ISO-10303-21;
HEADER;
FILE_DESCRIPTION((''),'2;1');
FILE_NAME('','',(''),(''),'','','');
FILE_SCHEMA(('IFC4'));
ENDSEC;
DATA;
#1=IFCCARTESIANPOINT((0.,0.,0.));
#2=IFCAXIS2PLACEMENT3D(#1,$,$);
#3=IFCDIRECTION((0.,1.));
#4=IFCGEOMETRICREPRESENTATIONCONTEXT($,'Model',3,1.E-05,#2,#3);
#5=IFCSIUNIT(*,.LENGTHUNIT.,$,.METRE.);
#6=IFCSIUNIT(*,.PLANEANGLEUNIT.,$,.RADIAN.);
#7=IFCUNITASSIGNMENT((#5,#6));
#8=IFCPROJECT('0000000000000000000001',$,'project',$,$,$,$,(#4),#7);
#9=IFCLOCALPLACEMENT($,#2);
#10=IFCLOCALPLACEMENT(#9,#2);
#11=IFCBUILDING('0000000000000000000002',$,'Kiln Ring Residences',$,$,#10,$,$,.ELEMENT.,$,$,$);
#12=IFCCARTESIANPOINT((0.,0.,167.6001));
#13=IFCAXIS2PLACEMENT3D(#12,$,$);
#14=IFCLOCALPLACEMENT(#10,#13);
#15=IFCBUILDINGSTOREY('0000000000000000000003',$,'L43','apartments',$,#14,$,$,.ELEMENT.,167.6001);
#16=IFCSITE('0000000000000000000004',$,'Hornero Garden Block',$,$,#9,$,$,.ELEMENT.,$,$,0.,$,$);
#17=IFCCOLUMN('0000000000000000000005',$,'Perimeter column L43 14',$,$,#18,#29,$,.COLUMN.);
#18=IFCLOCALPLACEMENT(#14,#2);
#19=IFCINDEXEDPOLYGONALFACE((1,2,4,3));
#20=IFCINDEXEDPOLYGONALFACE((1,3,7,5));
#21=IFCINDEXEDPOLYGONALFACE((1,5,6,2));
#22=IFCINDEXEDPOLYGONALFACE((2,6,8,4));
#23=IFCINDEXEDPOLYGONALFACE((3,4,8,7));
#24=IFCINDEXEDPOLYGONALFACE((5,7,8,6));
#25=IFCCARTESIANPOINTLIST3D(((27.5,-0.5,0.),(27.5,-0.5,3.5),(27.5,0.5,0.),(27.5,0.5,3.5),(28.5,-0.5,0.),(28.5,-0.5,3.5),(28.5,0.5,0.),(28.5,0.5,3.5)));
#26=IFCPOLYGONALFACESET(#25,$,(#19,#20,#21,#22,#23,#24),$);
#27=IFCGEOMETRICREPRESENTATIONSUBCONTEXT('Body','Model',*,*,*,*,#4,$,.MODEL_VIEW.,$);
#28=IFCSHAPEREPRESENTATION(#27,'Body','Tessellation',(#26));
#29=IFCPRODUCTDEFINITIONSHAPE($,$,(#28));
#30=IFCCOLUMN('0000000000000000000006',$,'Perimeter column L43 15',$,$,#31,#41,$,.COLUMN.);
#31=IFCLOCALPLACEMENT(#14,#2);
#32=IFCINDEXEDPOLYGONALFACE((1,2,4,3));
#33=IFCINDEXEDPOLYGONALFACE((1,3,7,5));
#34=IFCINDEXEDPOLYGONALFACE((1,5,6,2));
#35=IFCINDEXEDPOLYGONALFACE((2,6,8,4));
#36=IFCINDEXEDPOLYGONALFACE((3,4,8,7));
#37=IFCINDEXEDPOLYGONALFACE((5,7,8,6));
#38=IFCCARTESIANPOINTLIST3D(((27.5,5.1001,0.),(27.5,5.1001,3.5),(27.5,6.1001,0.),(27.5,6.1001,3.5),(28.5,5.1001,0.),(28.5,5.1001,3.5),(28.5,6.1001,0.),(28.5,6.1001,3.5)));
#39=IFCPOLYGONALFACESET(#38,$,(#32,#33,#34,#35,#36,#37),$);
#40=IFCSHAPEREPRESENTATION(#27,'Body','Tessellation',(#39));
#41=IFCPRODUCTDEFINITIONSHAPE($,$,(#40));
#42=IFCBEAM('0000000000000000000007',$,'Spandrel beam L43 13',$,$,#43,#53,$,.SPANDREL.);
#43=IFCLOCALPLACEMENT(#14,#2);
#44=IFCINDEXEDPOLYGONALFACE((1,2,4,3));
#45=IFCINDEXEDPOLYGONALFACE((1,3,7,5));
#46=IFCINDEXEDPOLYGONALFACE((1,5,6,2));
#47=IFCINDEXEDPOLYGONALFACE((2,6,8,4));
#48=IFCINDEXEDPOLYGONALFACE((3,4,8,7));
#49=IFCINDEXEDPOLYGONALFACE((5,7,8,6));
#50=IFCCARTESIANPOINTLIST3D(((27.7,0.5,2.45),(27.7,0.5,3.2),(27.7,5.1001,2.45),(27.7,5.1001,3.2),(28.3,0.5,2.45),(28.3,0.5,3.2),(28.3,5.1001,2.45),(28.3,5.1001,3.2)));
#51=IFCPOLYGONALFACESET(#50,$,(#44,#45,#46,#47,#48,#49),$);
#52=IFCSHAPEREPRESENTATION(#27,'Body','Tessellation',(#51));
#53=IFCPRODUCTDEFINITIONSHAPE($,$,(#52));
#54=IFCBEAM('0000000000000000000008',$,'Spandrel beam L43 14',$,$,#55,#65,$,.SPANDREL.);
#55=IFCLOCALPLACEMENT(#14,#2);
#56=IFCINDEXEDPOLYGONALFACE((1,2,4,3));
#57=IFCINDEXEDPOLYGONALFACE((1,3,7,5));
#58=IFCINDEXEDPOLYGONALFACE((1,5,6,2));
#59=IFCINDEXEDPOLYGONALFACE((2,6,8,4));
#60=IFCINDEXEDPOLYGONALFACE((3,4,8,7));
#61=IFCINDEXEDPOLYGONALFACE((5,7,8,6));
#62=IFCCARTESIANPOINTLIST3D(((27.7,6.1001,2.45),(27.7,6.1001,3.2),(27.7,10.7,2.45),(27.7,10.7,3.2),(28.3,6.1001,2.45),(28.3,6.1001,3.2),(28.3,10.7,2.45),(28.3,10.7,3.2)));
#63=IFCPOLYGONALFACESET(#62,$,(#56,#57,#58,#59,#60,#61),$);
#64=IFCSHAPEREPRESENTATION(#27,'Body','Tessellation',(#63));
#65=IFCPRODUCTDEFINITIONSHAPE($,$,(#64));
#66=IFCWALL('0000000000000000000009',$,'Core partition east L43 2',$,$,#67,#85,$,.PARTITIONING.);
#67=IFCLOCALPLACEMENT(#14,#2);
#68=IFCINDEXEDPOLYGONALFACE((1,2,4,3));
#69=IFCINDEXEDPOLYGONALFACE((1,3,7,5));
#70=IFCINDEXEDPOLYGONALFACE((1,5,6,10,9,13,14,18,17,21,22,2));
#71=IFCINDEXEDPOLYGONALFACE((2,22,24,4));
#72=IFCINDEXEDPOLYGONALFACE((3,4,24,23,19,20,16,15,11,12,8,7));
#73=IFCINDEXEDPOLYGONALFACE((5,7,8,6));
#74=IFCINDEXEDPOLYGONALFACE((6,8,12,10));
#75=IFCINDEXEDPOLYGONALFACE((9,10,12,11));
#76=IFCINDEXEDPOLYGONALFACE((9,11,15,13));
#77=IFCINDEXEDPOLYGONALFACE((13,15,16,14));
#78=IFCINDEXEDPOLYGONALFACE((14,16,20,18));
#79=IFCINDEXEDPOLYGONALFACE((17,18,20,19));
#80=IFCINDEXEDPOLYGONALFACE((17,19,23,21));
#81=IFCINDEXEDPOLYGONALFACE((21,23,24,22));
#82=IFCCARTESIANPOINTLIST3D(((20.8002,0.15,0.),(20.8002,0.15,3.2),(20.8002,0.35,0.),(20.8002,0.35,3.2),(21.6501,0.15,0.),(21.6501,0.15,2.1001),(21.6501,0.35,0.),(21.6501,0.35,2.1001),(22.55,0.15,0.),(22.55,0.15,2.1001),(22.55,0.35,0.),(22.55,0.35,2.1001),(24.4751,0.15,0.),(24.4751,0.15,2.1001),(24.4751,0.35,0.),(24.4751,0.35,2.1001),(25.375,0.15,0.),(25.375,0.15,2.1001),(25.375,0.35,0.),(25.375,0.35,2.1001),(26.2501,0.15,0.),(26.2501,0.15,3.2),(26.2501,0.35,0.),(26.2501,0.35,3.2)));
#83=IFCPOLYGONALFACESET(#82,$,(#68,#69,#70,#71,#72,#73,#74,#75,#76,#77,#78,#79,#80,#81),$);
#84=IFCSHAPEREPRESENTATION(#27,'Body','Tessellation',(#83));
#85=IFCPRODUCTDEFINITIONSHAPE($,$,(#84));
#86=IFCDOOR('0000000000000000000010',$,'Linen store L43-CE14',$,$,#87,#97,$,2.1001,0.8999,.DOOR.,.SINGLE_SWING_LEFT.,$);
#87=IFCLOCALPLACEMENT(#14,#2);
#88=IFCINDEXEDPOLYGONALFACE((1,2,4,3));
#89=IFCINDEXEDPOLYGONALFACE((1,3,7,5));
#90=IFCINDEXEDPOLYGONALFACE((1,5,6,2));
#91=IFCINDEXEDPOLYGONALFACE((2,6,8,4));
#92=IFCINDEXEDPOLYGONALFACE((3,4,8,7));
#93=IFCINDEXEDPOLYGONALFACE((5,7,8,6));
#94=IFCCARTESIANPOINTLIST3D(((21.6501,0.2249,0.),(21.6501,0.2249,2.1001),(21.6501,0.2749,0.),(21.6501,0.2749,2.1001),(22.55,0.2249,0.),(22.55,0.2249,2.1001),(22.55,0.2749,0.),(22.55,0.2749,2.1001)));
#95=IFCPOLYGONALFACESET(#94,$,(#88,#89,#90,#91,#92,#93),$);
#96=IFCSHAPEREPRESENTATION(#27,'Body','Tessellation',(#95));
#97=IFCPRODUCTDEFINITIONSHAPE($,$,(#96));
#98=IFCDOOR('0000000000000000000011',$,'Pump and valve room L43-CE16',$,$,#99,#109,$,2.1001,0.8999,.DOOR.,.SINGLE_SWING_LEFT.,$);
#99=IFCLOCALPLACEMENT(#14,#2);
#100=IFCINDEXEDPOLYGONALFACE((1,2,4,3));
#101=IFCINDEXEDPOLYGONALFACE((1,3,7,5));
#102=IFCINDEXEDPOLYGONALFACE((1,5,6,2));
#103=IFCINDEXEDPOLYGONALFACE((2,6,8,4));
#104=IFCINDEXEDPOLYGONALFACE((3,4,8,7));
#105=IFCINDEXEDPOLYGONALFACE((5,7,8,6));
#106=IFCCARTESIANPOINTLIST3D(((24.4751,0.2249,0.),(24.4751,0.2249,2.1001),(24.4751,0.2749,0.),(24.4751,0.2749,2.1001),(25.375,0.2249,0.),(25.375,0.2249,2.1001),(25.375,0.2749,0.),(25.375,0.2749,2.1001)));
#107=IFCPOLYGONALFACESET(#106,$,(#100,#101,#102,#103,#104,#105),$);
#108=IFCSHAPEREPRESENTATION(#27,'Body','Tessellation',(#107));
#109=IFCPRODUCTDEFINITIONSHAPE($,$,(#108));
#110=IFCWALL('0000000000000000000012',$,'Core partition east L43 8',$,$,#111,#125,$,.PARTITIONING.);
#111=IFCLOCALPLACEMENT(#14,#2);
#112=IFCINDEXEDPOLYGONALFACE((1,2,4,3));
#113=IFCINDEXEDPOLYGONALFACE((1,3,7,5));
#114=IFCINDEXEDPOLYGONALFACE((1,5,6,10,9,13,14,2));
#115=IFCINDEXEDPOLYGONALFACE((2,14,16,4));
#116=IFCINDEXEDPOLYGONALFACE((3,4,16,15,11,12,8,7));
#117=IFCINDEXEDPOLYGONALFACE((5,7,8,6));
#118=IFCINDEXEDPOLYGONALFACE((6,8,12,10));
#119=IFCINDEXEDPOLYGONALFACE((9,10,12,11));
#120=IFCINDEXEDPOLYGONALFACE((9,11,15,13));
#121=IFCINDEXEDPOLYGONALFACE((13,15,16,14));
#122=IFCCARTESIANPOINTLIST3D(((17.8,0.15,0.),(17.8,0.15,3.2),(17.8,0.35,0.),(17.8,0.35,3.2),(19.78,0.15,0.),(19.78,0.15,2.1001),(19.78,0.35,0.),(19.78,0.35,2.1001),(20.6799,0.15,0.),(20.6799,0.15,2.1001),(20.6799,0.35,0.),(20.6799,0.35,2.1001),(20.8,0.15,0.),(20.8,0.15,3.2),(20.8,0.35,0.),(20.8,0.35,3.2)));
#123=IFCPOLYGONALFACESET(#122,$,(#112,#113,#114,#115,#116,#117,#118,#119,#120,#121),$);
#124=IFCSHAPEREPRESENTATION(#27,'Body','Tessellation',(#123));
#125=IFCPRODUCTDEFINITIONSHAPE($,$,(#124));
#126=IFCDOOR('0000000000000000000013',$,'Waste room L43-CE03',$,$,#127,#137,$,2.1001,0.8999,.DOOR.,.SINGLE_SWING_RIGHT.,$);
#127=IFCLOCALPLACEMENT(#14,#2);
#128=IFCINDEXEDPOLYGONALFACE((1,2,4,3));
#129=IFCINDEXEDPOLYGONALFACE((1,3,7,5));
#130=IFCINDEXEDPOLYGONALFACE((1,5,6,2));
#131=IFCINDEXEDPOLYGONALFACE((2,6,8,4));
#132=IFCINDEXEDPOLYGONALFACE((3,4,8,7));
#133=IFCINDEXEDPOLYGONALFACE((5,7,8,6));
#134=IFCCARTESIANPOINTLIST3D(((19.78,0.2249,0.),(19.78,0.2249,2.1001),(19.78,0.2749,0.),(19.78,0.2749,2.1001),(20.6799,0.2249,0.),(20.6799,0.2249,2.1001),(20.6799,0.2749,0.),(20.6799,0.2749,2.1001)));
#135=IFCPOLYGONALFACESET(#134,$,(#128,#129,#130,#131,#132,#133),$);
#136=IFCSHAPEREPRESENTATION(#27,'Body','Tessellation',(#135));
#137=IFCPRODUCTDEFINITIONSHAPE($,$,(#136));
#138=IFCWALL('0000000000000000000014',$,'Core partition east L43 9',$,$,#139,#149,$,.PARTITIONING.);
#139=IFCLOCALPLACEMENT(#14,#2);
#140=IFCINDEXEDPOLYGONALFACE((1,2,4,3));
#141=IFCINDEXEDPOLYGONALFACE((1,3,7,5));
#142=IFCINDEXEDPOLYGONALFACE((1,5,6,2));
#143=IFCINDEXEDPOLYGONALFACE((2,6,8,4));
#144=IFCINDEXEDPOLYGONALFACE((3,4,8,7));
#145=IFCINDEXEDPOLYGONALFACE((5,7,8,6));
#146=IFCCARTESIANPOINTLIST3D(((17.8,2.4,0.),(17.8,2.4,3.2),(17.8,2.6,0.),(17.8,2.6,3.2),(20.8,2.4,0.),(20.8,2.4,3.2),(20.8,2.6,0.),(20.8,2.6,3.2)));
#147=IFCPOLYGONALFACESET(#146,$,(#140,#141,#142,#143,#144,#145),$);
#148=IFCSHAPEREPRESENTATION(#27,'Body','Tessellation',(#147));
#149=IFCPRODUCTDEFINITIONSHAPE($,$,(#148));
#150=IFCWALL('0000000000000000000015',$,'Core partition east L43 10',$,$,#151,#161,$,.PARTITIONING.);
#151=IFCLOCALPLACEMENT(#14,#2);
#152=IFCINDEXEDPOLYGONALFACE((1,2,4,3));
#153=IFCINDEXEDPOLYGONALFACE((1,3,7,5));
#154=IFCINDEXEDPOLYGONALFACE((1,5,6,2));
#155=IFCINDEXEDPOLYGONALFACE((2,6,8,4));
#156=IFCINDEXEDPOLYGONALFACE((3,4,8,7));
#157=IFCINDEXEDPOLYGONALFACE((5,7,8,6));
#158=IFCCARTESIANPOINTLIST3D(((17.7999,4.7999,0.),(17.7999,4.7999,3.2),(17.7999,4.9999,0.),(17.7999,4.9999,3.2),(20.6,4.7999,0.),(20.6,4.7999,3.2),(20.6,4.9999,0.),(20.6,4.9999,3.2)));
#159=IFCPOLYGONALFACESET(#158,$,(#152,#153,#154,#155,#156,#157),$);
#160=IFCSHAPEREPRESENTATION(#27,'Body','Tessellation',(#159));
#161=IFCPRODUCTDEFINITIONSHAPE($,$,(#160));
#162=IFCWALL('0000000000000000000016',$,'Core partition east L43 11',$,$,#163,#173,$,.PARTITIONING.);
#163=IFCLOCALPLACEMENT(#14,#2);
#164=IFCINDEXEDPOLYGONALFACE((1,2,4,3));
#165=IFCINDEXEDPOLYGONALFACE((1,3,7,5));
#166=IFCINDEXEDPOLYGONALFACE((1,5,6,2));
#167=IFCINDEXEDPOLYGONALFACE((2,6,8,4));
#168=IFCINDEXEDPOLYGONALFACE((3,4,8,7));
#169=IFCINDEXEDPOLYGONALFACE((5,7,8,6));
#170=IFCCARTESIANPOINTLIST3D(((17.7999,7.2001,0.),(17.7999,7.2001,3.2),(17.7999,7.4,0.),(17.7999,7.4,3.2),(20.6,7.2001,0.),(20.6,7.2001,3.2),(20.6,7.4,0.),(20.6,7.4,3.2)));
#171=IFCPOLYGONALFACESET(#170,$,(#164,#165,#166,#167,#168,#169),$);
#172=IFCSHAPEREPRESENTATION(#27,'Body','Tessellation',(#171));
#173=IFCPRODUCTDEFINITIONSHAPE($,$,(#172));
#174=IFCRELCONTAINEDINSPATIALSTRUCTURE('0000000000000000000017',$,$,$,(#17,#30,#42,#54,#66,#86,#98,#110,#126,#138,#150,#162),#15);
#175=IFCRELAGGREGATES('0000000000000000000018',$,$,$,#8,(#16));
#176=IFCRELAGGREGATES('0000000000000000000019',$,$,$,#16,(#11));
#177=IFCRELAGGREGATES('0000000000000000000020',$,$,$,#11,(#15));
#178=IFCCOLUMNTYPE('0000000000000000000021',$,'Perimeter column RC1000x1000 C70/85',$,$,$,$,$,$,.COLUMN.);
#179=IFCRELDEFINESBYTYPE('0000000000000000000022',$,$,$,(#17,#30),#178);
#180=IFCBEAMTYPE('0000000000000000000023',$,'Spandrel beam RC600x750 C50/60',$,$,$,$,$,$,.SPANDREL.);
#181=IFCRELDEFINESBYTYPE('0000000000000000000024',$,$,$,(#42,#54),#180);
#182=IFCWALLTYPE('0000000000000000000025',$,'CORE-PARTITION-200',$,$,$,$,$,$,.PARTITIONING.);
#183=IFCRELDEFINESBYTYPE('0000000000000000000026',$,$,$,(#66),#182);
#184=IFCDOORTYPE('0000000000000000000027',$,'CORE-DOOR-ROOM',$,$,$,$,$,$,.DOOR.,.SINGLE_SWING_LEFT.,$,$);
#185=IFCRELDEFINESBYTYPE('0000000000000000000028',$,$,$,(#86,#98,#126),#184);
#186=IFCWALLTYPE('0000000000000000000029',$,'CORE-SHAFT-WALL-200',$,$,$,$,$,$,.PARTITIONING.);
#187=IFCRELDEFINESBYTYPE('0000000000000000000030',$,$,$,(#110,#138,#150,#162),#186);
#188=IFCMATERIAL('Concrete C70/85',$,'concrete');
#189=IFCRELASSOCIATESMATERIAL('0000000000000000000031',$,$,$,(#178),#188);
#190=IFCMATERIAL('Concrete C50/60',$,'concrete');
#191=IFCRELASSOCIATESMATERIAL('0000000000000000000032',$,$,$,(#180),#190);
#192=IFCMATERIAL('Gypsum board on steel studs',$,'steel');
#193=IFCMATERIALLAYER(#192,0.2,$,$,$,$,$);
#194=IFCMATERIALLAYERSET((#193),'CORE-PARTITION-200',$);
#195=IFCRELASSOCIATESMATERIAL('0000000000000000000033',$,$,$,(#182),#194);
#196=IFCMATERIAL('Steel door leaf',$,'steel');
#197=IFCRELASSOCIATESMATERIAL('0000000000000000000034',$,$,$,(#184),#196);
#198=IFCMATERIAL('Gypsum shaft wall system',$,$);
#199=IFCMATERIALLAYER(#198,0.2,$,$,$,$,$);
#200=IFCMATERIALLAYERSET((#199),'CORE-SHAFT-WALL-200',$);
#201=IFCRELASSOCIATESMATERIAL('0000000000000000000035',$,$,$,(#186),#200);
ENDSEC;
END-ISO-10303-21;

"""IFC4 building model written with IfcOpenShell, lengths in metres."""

from ifc_helpers import new_model, si_unit, direction, frame, frame_2d, origin, origin_2d, place, context, subcontext, project, spatial, rectangle, extrude, material, layer, layer_set, material_profile, profile_set, type_object, element, fill, save


model = new_model("IFC4")

# Units and contexts
model_context = context("Model", 3, precision=1e-05, world=origin(), true_north=direction((0.0, 1.0)))
body_context = subcontext(model_context, "Body", "Model", "MODEL_VIEW")
ifc_project = project(units=[si_unit("LENGTHUNIT", "METRE"), si_unit("PLANEANGLEUNIT", "RADIAN")], contexts=[model_context])

# Site, building, storey
site_placement = place(None, origin())
site = spatial("IfcSite", under=ifc_project, at=site_placement, Name="Hornero Garden Block", CompositionType="ELEMENT", RefElevation=0.0)
building_placement = place(site_placement, origin())
building = spatial("IfcBuilding", under=site, at=building_placement, Name="Kiln Ring Residences", CompositionType="ELEMENT")
storey_placement = place(building_placement, frame((0.0, 0.0, 167.6001)))
storey = spatial("IfcBuildingStorey", under=building, at=storey_placement, Name="L43", Description="apartments", CompositionType="ELEMENT", Elevation=167.6001)

# Columns
ifc_material_1 = material(Name="Concrete C70/85", Category="concrete")
ifc_material_profile_1 = material_profile(ifc_material_1, rectangle(XDim=1.0, YDim=1.0, at=origin_2d()), Name="RC1000x1000")
ifc_profile_set_1 = profile_set([ifc_material_profile_1], Name="Concrete C70/85")
column_type = type_object("IfcColumnType", Name="Perimeter column RC1000x1000 C70/85", PredefinedType="COLUMN", material=ifc_profile_set_1)
for number, where, z_axis, x_axis, name in (
    (1, (28.0, 0.0, 0.0), (0.0, 0.0, 1.0), (1.0, 0.0, 0.0), "Perimeter column L43 14"),
    (2, (28.0, 5.6001, 0.0), (0.0, 0.0, 1.0), (1.0, 0.0, 0.0), "Perimeter column L43 15"),
):
    element("IfcColumn", number, at=place(storey_placement, frame(where, z_axis=z_axis, x_axis=x_axis)), inside=storey, type_object=column_type, Name=name, PredefinedType="COLUMN", context=body_context, shape_type="SweptSolid", body=[
        extrude(rectangle(XDim=1.0, YDim=1.0, at=origin_2d()), origin(), (0.0, 0.0, 1.0), 3.5),
    ])

# Beams
ifc_material_2 = material(Name="Concrete C50/60", Category="concrete")
ifc_material_profile_2 = material_profile(ifc_material_2, rectangle(XDim=0.6001, YDim=0.75, at=origin_2d()), Name="RC600x750")
ifc_profile_set_2 = profile_set([ifc_material_profile_2], Name="Concrete C50/60")
beam_type = type_object("IfcBeamType", Name="Spandrel beam RC600x750 C50/60", PredefinedType="SPANDREL", material=ifc_profile_set_2)
beam_1_placement = place(storey_placement, frame((28.0, 0.5, 2.825), z_axis=(0.0, 1.0, 0.0), x_axis=(-1.0, 0.0, 0.0)))
element("IfcBeam", 3, at=beam_1_placement, inside=storey, type_object=beam_type, Name="Spandrel beam L43 13", PredefinedType="SPANDREL", context=body_context, shape_type="SweptSolid", body=[
    extrude(rectangle(XDim=0.6001, YDim=0.75, at=origin_2d()), origin(), (0.0, 0.0, 1.0), 4.6001),
])
beam_2_placement = place(storey_placement, frame((28.0, 6.1001, 2.825), z_axis=(0.0, 1.0, 0.0), x_axis=(-1.0, 0.0, 0.0)))
element("IfcBeam", 4, at=beam_2_placement, inside=storey, type_object=beam_type, Name="Spandrel beam L43 14", PredefinedType="SPANDREL", context=body_context, shape_type="SweptSolid", body=[
    extrude(rectangle(XDim=0.6001, YDim=0.75, at=origin_2d()), origin(), (0.0, 0.0, 1.0), 4.5999),
])

# Wall, openings, doors
ifc_material_3 = material(Name="Gypsum board on steel studs", Category="steel")
ifc_layer_1 = layer(ifc_material_3, 0.2)
ifc_layer_set_1 = layer_set([ifc_layer_1], Name="CORE-PARTITION-200")
wall_type_1 = type_object("IfcWallType", Name="CORE-PARTITION-200", PredefinedType="PARTITIONING", material=ifc_layer_set_1)
wall_1_placement = place(storey_placement, frame((20.8, 0.25, 0.0), z_axis=(0.0, 0.0, 1.0), x_axis=(1.0, 0.0, 0.0)))
wall_1 = element("IfcWall", 5, at=wall_1_placement, inside=storey, type_object=wall_type_1, Name="Core partition east L43 2", PredefinedType="PARTITIONING", context=body_context, shape_type="SweptSolid", body=[
    extrude(rectangle(XDim=5.45, YDim=0.2, at=frame_2d((2.7251, 0.0))), origin(), (0.0, 0.0, 1.0), 3.2),
])
opening_1_placement = place(wall_1_placement, frame((0.8501, 0.0, 0.0)))
opening_1 = element("IfcOpeningElement", 6, at=opening_1_placement, cuts=wall_1, PredefinedType="OPENING", context=body_context, shape_type="SweptSolid", body=[
    extrude(rectangle(XDim=0.8999, YDim=2.1001, at=frame_2d((0.45, 1.05))), frame((0.0, 0.1099, 0.0), z_axis=(0.0, -1.0, 0.0), x_axis=(1.0, 0.0, 0.0)), (0.0, 0.0, 1.0), 0.22),
])
opening_2_placement = place(wall_1_placement, frame((3.675, 0.0, 0.0)))
opening_2 = element("IfcOpeningElement", 7, at=opening_2_placement, cuts=wall_1, PredefinedType="OPENING", context=body_context, shape_type="SweptSolid", body=[
    extrude(rectangle(XDim=0.8999, YDim=2.1001, at=frame_2d((0.45, 1.05))), frame((0.0, 0.1099, 0.0), z_axis=(0.0, -1.0, 0.0), x_axis=(1.0, 0.0, 0.0)), (0.0, 0.0, 1.0), 0.22),
])
ifc_material_4 = material(Name="Steel door leaf", Category="steel")
door_type = type_object("IfcDoorType", Name="CORE-DOOR-ROOM", OperationType="SINGLE_SWING_LEFT", PredefinedType="DOOR", material=ifc_material_4)
door_1_placement = place(opening_1_placement, origin())
door_1 = element("IfcDoor", 8, at=door_1_placement, inside=storey, type_object=door_type, Name="Linen store L43-CE14", OperationType="SINGLE_SWING_LEFT", OverallHeight=2.1001, OverallWidth=0.8999, PredefinedType="DOOR", context=body_context, shape_type="SweptSolid", body=[
    extrude(rectangle(XDim=0.8999, YDim=2.1001, at=frame_2d((0.45, 1.05))), frame((0.0, 0.0249, 0.0), z_axis=(0.0, -1.0, 0.0), x_axis=(1.0, 0.0, 0.0)), (0.0, 0.0, 1.0), 0.05),
])
fill(opening_1, door_1)
door_2_placement = place(opening_2_placement, origin())
door_2 = element("IfcDoor", 9, at=door_2_placement, inside=storey, type_object=door_type, Name="Pump and valve room L43-CE16", OperationType="SINGLE_SWING_LEFT", OverallHeight=2.1001, OverallWidth=0.8999, PredefinedType="DOOR", context=body_context, shape_type="SweptSolid", body=[
    extrude(rectangle(XDim=0.8999, YDim=2.1001, at=frame_2d((0.45, 1.05))), frame((0.0, 0.0249, 0.0), z_axis=(0.0, -1.0, 0.0), x_axis=(1.0, 0.0, 0.0)), (0.0, 0.0, 1.0), 0.05),
])
fill(opening_2, door_2)

# Wall, opening, door
ifc_material_5 = material(Name="Gypsum shaft wall system")
ifc_layer_2 = layer(ifc_material_5, 0.2)
ifc_layer_set_2 = layer_set([ifc_layer_2], Name="CORE-SHAFT-WALL-200")
wall_type_2 = type_object("IfcWallType", Name="CORE-SHAFT-WALL-200", PredefinedType="PARTITIONING", material=ifc_layer_set_2)
wall_2_placement = place(storey_placement, frame((17.8, 0.25, 0.0), z_axis=(0.0, 0.0, 1.0), x_axis=(1.0, 0.0, 0.0)))
wall_2 = element("IfcWall", 10, at=wall_2_placement, inside=storey, type_object=wall_type_2, Name="Core partition east L43 8", PredefinedType="PARTITIONING", context=body_context, shape_type="SweptSolid", body=[
    extrude(rectangle(XDim=3.0, YDim=0.2, at=frame_2d((1.5, 0.0))), origin(), (0.0, 0.0, 1.0), 3.2),
])
opening_3_placement = place(wall_2_placement, frame((1.98, 0.0, 0.0)))
opening_3 = element("IfcOpeningElement", 11, at=opening_3_placement, cuts=wall_2, PredefinedType="OPENING", context=body_context, shape_type="SweptSolid", body=[
    extrude(rectangle(XDim=0.8999, YDim=2.1001, at=frame_2d((0.45, 1.05))), frame((0.0, 0.1099, 0.0), z_axis=(0.0, -1.0, 0.0), x_axis=(1.0, 0.0, 0.0)), (0.0, 0.0, 1.0), 0.22),
])
door_3_placement = place(opening_3_placement, origin())
door_3 = element("IfcDoor", 12, at=door_3_placement, inside=storey, type_object=door_type, Name="Waste room L43-CE03", OperationType="SINGLE_SWING_RIGHT", OverallHeight=2.1001, OverallWidth=0.8999, PredefinedType="DOOR", context=body_context, shape_type="SweptSolid", body=[
    extrude(rectangle(XDim=0.8999, YDim=2.1001, at=frame_2d((0.45, 1.05))), frame((0.0, 0.0249, 0.0), z_axis=(0.0, -1.0, 0.0), x_axis=(1.0, 0.0, 0.0)), (0.0, 0.0, 1.0), 0.05),
])
fill(opening_3, door_3)

# Walls
wall_3_placement = place(storey_placement, frame((17.8, 2.5, 0.0), z_axis=(0.0, 0.0, 1.0), x_axis=(1.0, 0.0, 0.0)))
element("IfcWall", 13, at=wall_3_placement, inside=storey, type_object=wall_type_2, Name="Core partition east L43 9", PredefinedType="PARTITIONING", context=body_context, shape_type="SweptSolid", body=[
    extrude(rectangle(XDim=3.0, YDim=0.2, at=frame_2d((1.5, 0.0))), origin(), (0.0, 0.0, 1.0), 3.2),
])
for number, where, z_axis, x_axis, name in (
    (14, (17.8, 4.8999, 0.0), (0.0, 0.0, 1.0), (1.0, 0.0, 0.0), "Core partition east L43 10"),
    (15, (17.8, 7.3, 0.0), (0.0, 0.0, 1.0), (1.0, 0.0, 0.0), "Core partition east L43 11"),
):
    element("IfcWall", number, at=place(storey_placement, frame(where, z_axis=z_axis, x_axis=x_axis)), inside=storey, type_object=wall_type_2, Name=name, PredefinedType="PARTITIONING", context=body_context, shape_type="SweptSolid", body=[
        extrude(rectangle(XDim=2.8, YDim=0.2, at=frame_2d((1.3999, 0.0))), origin(), (0.0, 0.0, 1.0), 3.2),
    ])

save(model, "model.ifc")
